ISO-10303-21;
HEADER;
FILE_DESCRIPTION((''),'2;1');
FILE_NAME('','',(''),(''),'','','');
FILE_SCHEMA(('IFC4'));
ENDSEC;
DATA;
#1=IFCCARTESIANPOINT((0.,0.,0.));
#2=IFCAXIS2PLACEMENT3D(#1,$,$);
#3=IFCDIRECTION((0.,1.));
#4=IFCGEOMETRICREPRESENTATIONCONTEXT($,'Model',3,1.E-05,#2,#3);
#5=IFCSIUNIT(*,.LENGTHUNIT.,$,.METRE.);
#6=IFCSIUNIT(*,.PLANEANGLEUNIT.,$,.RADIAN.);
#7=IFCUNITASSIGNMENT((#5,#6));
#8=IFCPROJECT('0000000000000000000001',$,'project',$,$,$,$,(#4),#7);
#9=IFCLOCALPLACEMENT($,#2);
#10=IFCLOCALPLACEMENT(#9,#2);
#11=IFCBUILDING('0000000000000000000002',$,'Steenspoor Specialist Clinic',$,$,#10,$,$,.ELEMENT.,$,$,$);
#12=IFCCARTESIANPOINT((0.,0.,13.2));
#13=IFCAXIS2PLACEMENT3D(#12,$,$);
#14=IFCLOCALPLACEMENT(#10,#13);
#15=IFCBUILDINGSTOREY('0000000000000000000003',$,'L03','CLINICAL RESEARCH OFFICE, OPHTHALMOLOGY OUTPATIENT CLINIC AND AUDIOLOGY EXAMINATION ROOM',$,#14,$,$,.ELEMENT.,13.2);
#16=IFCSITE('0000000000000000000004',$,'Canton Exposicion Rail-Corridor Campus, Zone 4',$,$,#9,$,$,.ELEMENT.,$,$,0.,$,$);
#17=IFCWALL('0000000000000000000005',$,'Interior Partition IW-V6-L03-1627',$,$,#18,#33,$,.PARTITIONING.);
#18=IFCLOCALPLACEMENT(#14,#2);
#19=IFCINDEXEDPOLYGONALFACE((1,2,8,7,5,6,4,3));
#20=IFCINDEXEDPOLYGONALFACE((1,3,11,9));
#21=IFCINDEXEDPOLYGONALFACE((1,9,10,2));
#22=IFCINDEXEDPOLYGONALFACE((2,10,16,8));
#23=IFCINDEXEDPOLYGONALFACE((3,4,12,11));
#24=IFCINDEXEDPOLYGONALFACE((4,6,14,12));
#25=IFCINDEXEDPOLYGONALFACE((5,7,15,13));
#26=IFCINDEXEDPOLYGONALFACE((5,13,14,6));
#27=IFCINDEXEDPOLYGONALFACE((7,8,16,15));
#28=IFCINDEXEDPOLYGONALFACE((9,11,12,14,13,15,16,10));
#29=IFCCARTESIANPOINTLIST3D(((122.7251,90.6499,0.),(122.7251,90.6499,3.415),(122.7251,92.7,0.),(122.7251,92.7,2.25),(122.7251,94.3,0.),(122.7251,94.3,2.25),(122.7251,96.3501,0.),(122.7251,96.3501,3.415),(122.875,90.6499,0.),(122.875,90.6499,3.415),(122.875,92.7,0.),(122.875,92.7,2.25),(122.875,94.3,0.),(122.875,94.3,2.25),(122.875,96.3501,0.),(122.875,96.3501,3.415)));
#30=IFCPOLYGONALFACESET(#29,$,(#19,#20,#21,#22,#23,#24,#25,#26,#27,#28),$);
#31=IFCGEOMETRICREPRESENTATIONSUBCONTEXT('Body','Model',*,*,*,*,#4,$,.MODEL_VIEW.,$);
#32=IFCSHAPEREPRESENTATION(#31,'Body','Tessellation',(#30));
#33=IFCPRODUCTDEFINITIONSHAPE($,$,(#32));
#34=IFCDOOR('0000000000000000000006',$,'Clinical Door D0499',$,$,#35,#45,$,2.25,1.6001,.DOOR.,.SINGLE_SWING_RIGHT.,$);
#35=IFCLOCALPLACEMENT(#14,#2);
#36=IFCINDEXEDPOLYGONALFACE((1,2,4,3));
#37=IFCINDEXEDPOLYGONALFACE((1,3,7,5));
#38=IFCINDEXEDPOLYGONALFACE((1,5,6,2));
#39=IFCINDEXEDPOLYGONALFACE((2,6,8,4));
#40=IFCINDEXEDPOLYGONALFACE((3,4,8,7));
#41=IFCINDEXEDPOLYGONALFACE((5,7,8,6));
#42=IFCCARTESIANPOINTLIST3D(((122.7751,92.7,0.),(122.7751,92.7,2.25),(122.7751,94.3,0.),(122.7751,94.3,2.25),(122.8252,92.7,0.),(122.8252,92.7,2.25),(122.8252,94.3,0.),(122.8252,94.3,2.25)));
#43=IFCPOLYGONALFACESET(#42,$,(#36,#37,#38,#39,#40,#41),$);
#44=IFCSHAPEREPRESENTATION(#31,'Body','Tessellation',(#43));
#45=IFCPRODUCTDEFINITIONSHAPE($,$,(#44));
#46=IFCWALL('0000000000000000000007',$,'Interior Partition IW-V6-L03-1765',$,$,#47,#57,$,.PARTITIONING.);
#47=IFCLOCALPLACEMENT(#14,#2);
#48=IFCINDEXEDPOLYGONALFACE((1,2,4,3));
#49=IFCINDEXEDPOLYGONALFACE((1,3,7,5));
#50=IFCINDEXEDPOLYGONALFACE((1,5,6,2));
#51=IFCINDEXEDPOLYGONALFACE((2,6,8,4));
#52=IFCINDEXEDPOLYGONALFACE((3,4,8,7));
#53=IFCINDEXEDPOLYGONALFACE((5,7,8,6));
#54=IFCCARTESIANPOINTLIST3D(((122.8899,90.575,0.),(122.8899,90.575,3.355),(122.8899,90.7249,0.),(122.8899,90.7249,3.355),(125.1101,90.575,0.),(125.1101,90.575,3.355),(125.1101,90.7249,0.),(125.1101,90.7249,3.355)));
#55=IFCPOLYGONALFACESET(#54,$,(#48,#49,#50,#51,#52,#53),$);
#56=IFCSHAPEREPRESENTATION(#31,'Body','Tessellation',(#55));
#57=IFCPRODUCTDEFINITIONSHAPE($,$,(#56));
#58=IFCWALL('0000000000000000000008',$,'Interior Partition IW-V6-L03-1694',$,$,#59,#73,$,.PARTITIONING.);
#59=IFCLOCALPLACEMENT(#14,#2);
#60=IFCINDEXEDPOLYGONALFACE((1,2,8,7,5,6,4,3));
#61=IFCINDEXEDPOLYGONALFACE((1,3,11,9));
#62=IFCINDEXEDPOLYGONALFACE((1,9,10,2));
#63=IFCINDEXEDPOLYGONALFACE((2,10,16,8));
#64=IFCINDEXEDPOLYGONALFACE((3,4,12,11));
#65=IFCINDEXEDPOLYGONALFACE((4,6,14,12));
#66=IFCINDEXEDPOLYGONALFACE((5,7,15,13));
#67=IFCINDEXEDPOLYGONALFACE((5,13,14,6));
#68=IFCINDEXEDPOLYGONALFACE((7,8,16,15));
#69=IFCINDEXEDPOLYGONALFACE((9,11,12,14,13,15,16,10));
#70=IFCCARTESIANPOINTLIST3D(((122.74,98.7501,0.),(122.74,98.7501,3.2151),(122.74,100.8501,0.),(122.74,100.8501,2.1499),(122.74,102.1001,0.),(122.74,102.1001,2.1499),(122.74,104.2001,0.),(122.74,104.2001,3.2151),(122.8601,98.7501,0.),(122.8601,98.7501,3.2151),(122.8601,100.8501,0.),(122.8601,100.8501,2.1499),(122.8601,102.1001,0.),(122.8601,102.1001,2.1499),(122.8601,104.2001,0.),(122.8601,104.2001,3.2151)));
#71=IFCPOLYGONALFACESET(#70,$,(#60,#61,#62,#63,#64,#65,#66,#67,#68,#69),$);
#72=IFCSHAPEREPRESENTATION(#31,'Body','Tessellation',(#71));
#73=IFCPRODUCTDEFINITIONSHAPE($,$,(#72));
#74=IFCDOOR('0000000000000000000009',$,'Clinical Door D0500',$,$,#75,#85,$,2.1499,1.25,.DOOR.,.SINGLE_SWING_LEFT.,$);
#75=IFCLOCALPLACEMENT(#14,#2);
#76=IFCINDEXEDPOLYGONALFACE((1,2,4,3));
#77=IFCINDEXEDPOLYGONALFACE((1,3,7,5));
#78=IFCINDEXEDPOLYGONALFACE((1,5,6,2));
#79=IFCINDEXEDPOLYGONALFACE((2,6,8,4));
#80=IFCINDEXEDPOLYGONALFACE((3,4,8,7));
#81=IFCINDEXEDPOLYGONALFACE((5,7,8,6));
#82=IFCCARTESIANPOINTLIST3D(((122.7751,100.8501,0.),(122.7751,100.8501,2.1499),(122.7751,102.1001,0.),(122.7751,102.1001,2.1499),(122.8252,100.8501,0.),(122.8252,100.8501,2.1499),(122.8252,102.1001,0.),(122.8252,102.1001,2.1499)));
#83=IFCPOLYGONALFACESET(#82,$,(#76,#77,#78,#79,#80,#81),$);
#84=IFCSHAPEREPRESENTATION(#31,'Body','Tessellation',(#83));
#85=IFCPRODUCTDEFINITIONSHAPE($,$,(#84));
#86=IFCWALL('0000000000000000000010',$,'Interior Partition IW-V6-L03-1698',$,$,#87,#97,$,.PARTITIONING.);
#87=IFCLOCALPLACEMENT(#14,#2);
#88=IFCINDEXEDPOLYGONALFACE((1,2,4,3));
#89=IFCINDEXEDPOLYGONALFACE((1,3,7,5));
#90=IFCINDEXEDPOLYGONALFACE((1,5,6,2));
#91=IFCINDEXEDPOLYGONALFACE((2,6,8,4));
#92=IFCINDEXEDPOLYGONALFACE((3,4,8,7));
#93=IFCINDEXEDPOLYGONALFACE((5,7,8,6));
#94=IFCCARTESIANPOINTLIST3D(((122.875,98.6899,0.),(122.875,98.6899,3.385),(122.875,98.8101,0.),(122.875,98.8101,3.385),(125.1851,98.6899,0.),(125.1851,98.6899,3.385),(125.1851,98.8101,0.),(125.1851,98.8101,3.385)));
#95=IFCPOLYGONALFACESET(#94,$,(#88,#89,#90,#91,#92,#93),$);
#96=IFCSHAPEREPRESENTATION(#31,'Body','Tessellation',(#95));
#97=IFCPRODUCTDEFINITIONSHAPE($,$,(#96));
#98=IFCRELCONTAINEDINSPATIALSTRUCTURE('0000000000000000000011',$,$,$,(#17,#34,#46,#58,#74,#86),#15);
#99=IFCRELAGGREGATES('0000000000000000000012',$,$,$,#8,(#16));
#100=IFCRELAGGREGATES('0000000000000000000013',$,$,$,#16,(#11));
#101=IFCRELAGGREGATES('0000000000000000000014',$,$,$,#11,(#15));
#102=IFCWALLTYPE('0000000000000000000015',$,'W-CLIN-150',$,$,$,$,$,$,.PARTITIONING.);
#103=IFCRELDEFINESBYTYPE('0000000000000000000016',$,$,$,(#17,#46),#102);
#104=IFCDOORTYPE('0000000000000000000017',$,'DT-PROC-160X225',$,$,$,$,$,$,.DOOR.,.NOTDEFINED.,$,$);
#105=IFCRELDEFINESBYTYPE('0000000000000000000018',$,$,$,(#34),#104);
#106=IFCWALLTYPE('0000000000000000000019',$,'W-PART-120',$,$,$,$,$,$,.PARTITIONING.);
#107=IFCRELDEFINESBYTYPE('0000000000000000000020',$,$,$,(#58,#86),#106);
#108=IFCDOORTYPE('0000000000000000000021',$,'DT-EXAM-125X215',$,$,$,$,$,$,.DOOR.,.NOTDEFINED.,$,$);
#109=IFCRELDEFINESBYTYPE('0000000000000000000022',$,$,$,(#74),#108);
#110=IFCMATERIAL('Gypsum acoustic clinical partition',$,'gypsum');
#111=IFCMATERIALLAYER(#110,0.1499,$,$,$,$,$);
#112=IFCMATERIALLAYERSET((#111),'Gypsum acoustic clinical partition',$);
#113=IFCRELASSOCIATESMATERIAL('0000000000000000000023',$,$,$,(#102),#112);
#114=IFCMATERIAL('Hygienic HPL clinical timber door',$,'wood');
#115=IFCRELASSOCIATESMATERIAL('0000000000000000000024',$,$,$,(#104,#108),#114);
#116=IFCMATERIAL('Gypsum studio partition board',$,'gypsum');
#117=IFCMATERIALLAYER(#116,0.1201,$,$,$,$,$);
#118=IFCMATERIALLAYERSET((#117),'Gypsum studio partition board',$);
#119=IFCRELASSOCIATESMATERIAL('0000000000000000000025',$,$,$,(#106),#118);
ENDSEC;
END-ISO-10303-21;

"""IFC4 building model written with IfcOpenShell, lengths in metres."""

from ifc_helpers import new_model, si_unit, direction, frame, frame_2d, origin, place, context, subcontext, project, spatial, rectangle, extrude, material, layer, layer_set, type_object, element, fill, save


model = new_model("IFC4")

# Units and contexts
model_context = context("Model", 3, precision=1e-05, world=origin(), true_north=direction((0.0, 1.0)))
body_context = subcontext(model_context, "Body", "Model", "MODEL_VIEW")
ifc_project = project(units=[si_unit("LENGTHUNIT", "METRE"), si_unit("PLANEANGLEUNIT", "RADIAN")], contexts=[model_context])

# Site, building, storey
site_placement = place(None, origin())
site = spatial("IfcSite", under=ifc_project, at=site_placement, Name="Canton Exposicion Rail-Corridor Campus, Zone 4", CompositionType="ELEMENT", RefElevation=0.0)
building_placement = place(site_placement, origin())
building = spatial("IfcBuilding", under=site, at=building_placement, Name="Steenspoor Specialist Clinic", CompositionType="ELEMENT")
storey_placement = place(building_placement, frame((0.0, 0.0, 13.2)))
storey = spatial("IfcBuildingStorey", under=building, at=storey_placement, Name="L03", Description="CLINICAL RESEARCH OFFICE, OPHTHALMOLOGY OUTPATIENT CLINIC AND AUDIOLOGY EXAMINATION ROOM", CompositionType="ELEMENT", Elevation=13.2)

# Wall, opening, door
ifc_material_1 = material(Name="Gypsum acoustic clinical partition", Category="gypsum")
ifc_layer_1 = layer(ifc_material_1, 0.1499)
ifc_layer_set_1 = layer_set([ifc_layer_1], Name="Gypsum acoustic clinical partition")
wall_type_1 = type_object("IfcWallType", Name="W-CLIN-150", PredefinedType="PARTITIONING", material=ifc_layer_set_1)
wall_1_placement = place(storey_placement, frame((122.8, 90.6499, 0.0), z_axis=(0.0, 0.0, 1.0), x_axis=(0.0, 1.0, 0.0)))
wall_1 = element("IfcWall", 1, at=wall_1_placement, inside=storey, type_object=wall_type_1, Name="Interior Partition IW-V6-L03-1627", PredefinedType="PARTITIONING", context=body_context, shape_type="SweptSolid", body=[
    extrude(rectangle(XDim=5.7002, YDim=0.1499, at=frame_2d((2.8501, 0.0))), origin(), (0.0, 0.0, 1.0), 3.415),
])
opening_1_placement = place(wall_1_placement, frame((2.05, 0.0, 0.0)))
opening_1 = element("IfcOpeningElement", 2, at=opening_1_placement, cuts=wall_1, PredefinedType="OPENING", context=body_context, shape_type="SweptSolid", body=[
    extrude(rectangle(XDim=1.6001, YDim=2.25, at=frame_2d((0.8, 1.125))), frame((0.0, 0.085, 0.0), z_axis=(0.0, -1.0, 0.0), x_axis=(1.0, 0.0, 0.0)), (0.0, 0.0, 1.0), 0.1699),
])
ifc_material_2 = material(Name="Hygienic HPL clinical timber door", Category="wood")
door_type_1 = type_object("IfcDoorType", Name="DT-PROC-160X225", OperationType="NOTDEFINED", PredefinedType="DOOR", material=ifc_material_2)
door_1_placement = place(opening_1_placement, origin())
door_1 = element("IfcDoor", 3, at=door_1_placement, inside=storey, type_object=door_type_1, Name="Clinical Door D0499", OperationType="SINGLE_SWING_RIGHT", OverallHeight=2.25, OverallWidth=1.6001, PredefinedType="DOOR", context=body_context, shape_type="SweptSolid", body=[
    extrude(rectangle(XDim=1.6001, YDim=2.25, at=frame_2d((0.8, 1.125))), frame((0.0, 0.0249, 0.0), z_axis=(0.0, -1.0, 0.0), x_axis=(1.0, 0.0, 0.0)), (0.0, 0.0, 1.0), 0.05),
])
fill(opening_1, door_1)

# Wall
wall_2_placement = place(storey_placement, frame((122.8899, 90.6499, 0.0), z_axis=(0.0, 0.0, 1.0), x_axis=(1.0, 0.0, 0.0)))
element("IfcWall", 4, at=wall_2_placement, inside=storey, type_object=wall_type_1, Name="Interior Partition IW-V6-L03-1765", PredefinedType="PARTITIONING", context=body_context, shape_type="SweptSolid", body=[
    extrude(rectangle(XDim=2.2202, YDim=0.1499, at=frame_2d((1.1101, 0.0))), origin(), (0.0, 0.0, 1.0), 3.355),
])

# Wall, opening, door
ifc_material_3 = material(Name="Gypsum studio partition board", Category="gypsum")
ifc_layer_2 = layer(ifc_material_3, 0.1201)
ifc_layer_set_2 = layer_set([ifc_layer_2], Name="Gypsum studio partition board")
wall_type_2 = type_object("IfcWallType", Name="W-PART-120", PredefinedType="PARTITIONING", material=ifc_layer_set_2)
wall_3_placement = place(storey_placement, frame((122.8, 98.75, 0.0), z_axis=(0.0, 0.0, 1.0), x_axis=(0.0, 1.0, 0.0)))
wall_3 = element("IfcWall", 5, at=wall_3_placement, inside=storey, type_object=wall_type_2, Name="Interior Partition IW-V6-L03-1694", PredefinedType="PARTITIONING", context=body_context, shape_type="SweptSolid", body=[
    extrude(rectangle(XDim=5.45, YDim=0.1201, at=frame_2d((2.7251, 0.0))), origin(), (0.0, 0.0, 1.0), 3.2151),
])
opening_2_placement = place(wall_3_placement, frame((2.1001, 0.0, 0.0)))
opening_2 = element("IfcOpeningElement", 6, at=opening_2_placement, cuts=wall_3, PredefinedType="OPENING", context=body_context, shape_type="SweptSolid", body=[
    extrude(rectangle(XDim=1.25, YDim=2.1499, at=frame_2d((0.625, 1.075))), frame((0.0, 0.0701, 0.0), z_axis=(0.0, -1.0, 0.0), x_axis=(1.0, 0.0, 0.0)), (0.0, 0.0, 1.0), 0.1401),
])
door_type_2 = type_object("IfcDoorType", Name="DT-EXAM-125X215", OperationType="NOTDEFINED", PredefinedType="DOOR", material=ifc_material_2)
door_2_placement = place(opening_2_placement, origin())
door_2 = element("IfcDoor", 7, at=door_2_placement, inside=storey, type_object=door_type_2, Name="Clinical Door D0500", OperationType="SINGLE_SWING_LEFT", OverallHeight=2.1499, OverallWidth=1.25, PredefinedType="DOOR", context=body_context, shape_type="SweptSolid", body=[
    extrude(rectangle(XDim=1.25, YDim=2.1499, at=frame_2d((0.625, 1.075))), frame((0.0, 0.0249, 0.0), z_axis=(0.0, -1.0, 0.0), x_axis=(1.0, 0.0, 0.0)), (0.0, 0.0, 1.0), 0.05),
])
fill(opening_2, door_2)

# Wall
wall_4_placement = place(storey_placement, frame((122.875, 98.75, 0.0), z_axis=(0.0, 0.0, 1.0), x_axis=(1.0, 0.0, 0.0)))
element("IfcWall", 8, at=wall_4_placement, inside=storey, type_object=wall_type_2, Name="Interior Partition IW-V6-L03-1698", PredefinedType="PARTITIONING", context=body_context, shape_type="SweptSolid", body=[
    extrude(rectangle(XDim=2.3101, YDim=0.1201, at=frame_2d((1.155, 0.0))), origin(), (0.0, 0.0, 1.0), 3.385),
])

save(model, "model.ifc")
